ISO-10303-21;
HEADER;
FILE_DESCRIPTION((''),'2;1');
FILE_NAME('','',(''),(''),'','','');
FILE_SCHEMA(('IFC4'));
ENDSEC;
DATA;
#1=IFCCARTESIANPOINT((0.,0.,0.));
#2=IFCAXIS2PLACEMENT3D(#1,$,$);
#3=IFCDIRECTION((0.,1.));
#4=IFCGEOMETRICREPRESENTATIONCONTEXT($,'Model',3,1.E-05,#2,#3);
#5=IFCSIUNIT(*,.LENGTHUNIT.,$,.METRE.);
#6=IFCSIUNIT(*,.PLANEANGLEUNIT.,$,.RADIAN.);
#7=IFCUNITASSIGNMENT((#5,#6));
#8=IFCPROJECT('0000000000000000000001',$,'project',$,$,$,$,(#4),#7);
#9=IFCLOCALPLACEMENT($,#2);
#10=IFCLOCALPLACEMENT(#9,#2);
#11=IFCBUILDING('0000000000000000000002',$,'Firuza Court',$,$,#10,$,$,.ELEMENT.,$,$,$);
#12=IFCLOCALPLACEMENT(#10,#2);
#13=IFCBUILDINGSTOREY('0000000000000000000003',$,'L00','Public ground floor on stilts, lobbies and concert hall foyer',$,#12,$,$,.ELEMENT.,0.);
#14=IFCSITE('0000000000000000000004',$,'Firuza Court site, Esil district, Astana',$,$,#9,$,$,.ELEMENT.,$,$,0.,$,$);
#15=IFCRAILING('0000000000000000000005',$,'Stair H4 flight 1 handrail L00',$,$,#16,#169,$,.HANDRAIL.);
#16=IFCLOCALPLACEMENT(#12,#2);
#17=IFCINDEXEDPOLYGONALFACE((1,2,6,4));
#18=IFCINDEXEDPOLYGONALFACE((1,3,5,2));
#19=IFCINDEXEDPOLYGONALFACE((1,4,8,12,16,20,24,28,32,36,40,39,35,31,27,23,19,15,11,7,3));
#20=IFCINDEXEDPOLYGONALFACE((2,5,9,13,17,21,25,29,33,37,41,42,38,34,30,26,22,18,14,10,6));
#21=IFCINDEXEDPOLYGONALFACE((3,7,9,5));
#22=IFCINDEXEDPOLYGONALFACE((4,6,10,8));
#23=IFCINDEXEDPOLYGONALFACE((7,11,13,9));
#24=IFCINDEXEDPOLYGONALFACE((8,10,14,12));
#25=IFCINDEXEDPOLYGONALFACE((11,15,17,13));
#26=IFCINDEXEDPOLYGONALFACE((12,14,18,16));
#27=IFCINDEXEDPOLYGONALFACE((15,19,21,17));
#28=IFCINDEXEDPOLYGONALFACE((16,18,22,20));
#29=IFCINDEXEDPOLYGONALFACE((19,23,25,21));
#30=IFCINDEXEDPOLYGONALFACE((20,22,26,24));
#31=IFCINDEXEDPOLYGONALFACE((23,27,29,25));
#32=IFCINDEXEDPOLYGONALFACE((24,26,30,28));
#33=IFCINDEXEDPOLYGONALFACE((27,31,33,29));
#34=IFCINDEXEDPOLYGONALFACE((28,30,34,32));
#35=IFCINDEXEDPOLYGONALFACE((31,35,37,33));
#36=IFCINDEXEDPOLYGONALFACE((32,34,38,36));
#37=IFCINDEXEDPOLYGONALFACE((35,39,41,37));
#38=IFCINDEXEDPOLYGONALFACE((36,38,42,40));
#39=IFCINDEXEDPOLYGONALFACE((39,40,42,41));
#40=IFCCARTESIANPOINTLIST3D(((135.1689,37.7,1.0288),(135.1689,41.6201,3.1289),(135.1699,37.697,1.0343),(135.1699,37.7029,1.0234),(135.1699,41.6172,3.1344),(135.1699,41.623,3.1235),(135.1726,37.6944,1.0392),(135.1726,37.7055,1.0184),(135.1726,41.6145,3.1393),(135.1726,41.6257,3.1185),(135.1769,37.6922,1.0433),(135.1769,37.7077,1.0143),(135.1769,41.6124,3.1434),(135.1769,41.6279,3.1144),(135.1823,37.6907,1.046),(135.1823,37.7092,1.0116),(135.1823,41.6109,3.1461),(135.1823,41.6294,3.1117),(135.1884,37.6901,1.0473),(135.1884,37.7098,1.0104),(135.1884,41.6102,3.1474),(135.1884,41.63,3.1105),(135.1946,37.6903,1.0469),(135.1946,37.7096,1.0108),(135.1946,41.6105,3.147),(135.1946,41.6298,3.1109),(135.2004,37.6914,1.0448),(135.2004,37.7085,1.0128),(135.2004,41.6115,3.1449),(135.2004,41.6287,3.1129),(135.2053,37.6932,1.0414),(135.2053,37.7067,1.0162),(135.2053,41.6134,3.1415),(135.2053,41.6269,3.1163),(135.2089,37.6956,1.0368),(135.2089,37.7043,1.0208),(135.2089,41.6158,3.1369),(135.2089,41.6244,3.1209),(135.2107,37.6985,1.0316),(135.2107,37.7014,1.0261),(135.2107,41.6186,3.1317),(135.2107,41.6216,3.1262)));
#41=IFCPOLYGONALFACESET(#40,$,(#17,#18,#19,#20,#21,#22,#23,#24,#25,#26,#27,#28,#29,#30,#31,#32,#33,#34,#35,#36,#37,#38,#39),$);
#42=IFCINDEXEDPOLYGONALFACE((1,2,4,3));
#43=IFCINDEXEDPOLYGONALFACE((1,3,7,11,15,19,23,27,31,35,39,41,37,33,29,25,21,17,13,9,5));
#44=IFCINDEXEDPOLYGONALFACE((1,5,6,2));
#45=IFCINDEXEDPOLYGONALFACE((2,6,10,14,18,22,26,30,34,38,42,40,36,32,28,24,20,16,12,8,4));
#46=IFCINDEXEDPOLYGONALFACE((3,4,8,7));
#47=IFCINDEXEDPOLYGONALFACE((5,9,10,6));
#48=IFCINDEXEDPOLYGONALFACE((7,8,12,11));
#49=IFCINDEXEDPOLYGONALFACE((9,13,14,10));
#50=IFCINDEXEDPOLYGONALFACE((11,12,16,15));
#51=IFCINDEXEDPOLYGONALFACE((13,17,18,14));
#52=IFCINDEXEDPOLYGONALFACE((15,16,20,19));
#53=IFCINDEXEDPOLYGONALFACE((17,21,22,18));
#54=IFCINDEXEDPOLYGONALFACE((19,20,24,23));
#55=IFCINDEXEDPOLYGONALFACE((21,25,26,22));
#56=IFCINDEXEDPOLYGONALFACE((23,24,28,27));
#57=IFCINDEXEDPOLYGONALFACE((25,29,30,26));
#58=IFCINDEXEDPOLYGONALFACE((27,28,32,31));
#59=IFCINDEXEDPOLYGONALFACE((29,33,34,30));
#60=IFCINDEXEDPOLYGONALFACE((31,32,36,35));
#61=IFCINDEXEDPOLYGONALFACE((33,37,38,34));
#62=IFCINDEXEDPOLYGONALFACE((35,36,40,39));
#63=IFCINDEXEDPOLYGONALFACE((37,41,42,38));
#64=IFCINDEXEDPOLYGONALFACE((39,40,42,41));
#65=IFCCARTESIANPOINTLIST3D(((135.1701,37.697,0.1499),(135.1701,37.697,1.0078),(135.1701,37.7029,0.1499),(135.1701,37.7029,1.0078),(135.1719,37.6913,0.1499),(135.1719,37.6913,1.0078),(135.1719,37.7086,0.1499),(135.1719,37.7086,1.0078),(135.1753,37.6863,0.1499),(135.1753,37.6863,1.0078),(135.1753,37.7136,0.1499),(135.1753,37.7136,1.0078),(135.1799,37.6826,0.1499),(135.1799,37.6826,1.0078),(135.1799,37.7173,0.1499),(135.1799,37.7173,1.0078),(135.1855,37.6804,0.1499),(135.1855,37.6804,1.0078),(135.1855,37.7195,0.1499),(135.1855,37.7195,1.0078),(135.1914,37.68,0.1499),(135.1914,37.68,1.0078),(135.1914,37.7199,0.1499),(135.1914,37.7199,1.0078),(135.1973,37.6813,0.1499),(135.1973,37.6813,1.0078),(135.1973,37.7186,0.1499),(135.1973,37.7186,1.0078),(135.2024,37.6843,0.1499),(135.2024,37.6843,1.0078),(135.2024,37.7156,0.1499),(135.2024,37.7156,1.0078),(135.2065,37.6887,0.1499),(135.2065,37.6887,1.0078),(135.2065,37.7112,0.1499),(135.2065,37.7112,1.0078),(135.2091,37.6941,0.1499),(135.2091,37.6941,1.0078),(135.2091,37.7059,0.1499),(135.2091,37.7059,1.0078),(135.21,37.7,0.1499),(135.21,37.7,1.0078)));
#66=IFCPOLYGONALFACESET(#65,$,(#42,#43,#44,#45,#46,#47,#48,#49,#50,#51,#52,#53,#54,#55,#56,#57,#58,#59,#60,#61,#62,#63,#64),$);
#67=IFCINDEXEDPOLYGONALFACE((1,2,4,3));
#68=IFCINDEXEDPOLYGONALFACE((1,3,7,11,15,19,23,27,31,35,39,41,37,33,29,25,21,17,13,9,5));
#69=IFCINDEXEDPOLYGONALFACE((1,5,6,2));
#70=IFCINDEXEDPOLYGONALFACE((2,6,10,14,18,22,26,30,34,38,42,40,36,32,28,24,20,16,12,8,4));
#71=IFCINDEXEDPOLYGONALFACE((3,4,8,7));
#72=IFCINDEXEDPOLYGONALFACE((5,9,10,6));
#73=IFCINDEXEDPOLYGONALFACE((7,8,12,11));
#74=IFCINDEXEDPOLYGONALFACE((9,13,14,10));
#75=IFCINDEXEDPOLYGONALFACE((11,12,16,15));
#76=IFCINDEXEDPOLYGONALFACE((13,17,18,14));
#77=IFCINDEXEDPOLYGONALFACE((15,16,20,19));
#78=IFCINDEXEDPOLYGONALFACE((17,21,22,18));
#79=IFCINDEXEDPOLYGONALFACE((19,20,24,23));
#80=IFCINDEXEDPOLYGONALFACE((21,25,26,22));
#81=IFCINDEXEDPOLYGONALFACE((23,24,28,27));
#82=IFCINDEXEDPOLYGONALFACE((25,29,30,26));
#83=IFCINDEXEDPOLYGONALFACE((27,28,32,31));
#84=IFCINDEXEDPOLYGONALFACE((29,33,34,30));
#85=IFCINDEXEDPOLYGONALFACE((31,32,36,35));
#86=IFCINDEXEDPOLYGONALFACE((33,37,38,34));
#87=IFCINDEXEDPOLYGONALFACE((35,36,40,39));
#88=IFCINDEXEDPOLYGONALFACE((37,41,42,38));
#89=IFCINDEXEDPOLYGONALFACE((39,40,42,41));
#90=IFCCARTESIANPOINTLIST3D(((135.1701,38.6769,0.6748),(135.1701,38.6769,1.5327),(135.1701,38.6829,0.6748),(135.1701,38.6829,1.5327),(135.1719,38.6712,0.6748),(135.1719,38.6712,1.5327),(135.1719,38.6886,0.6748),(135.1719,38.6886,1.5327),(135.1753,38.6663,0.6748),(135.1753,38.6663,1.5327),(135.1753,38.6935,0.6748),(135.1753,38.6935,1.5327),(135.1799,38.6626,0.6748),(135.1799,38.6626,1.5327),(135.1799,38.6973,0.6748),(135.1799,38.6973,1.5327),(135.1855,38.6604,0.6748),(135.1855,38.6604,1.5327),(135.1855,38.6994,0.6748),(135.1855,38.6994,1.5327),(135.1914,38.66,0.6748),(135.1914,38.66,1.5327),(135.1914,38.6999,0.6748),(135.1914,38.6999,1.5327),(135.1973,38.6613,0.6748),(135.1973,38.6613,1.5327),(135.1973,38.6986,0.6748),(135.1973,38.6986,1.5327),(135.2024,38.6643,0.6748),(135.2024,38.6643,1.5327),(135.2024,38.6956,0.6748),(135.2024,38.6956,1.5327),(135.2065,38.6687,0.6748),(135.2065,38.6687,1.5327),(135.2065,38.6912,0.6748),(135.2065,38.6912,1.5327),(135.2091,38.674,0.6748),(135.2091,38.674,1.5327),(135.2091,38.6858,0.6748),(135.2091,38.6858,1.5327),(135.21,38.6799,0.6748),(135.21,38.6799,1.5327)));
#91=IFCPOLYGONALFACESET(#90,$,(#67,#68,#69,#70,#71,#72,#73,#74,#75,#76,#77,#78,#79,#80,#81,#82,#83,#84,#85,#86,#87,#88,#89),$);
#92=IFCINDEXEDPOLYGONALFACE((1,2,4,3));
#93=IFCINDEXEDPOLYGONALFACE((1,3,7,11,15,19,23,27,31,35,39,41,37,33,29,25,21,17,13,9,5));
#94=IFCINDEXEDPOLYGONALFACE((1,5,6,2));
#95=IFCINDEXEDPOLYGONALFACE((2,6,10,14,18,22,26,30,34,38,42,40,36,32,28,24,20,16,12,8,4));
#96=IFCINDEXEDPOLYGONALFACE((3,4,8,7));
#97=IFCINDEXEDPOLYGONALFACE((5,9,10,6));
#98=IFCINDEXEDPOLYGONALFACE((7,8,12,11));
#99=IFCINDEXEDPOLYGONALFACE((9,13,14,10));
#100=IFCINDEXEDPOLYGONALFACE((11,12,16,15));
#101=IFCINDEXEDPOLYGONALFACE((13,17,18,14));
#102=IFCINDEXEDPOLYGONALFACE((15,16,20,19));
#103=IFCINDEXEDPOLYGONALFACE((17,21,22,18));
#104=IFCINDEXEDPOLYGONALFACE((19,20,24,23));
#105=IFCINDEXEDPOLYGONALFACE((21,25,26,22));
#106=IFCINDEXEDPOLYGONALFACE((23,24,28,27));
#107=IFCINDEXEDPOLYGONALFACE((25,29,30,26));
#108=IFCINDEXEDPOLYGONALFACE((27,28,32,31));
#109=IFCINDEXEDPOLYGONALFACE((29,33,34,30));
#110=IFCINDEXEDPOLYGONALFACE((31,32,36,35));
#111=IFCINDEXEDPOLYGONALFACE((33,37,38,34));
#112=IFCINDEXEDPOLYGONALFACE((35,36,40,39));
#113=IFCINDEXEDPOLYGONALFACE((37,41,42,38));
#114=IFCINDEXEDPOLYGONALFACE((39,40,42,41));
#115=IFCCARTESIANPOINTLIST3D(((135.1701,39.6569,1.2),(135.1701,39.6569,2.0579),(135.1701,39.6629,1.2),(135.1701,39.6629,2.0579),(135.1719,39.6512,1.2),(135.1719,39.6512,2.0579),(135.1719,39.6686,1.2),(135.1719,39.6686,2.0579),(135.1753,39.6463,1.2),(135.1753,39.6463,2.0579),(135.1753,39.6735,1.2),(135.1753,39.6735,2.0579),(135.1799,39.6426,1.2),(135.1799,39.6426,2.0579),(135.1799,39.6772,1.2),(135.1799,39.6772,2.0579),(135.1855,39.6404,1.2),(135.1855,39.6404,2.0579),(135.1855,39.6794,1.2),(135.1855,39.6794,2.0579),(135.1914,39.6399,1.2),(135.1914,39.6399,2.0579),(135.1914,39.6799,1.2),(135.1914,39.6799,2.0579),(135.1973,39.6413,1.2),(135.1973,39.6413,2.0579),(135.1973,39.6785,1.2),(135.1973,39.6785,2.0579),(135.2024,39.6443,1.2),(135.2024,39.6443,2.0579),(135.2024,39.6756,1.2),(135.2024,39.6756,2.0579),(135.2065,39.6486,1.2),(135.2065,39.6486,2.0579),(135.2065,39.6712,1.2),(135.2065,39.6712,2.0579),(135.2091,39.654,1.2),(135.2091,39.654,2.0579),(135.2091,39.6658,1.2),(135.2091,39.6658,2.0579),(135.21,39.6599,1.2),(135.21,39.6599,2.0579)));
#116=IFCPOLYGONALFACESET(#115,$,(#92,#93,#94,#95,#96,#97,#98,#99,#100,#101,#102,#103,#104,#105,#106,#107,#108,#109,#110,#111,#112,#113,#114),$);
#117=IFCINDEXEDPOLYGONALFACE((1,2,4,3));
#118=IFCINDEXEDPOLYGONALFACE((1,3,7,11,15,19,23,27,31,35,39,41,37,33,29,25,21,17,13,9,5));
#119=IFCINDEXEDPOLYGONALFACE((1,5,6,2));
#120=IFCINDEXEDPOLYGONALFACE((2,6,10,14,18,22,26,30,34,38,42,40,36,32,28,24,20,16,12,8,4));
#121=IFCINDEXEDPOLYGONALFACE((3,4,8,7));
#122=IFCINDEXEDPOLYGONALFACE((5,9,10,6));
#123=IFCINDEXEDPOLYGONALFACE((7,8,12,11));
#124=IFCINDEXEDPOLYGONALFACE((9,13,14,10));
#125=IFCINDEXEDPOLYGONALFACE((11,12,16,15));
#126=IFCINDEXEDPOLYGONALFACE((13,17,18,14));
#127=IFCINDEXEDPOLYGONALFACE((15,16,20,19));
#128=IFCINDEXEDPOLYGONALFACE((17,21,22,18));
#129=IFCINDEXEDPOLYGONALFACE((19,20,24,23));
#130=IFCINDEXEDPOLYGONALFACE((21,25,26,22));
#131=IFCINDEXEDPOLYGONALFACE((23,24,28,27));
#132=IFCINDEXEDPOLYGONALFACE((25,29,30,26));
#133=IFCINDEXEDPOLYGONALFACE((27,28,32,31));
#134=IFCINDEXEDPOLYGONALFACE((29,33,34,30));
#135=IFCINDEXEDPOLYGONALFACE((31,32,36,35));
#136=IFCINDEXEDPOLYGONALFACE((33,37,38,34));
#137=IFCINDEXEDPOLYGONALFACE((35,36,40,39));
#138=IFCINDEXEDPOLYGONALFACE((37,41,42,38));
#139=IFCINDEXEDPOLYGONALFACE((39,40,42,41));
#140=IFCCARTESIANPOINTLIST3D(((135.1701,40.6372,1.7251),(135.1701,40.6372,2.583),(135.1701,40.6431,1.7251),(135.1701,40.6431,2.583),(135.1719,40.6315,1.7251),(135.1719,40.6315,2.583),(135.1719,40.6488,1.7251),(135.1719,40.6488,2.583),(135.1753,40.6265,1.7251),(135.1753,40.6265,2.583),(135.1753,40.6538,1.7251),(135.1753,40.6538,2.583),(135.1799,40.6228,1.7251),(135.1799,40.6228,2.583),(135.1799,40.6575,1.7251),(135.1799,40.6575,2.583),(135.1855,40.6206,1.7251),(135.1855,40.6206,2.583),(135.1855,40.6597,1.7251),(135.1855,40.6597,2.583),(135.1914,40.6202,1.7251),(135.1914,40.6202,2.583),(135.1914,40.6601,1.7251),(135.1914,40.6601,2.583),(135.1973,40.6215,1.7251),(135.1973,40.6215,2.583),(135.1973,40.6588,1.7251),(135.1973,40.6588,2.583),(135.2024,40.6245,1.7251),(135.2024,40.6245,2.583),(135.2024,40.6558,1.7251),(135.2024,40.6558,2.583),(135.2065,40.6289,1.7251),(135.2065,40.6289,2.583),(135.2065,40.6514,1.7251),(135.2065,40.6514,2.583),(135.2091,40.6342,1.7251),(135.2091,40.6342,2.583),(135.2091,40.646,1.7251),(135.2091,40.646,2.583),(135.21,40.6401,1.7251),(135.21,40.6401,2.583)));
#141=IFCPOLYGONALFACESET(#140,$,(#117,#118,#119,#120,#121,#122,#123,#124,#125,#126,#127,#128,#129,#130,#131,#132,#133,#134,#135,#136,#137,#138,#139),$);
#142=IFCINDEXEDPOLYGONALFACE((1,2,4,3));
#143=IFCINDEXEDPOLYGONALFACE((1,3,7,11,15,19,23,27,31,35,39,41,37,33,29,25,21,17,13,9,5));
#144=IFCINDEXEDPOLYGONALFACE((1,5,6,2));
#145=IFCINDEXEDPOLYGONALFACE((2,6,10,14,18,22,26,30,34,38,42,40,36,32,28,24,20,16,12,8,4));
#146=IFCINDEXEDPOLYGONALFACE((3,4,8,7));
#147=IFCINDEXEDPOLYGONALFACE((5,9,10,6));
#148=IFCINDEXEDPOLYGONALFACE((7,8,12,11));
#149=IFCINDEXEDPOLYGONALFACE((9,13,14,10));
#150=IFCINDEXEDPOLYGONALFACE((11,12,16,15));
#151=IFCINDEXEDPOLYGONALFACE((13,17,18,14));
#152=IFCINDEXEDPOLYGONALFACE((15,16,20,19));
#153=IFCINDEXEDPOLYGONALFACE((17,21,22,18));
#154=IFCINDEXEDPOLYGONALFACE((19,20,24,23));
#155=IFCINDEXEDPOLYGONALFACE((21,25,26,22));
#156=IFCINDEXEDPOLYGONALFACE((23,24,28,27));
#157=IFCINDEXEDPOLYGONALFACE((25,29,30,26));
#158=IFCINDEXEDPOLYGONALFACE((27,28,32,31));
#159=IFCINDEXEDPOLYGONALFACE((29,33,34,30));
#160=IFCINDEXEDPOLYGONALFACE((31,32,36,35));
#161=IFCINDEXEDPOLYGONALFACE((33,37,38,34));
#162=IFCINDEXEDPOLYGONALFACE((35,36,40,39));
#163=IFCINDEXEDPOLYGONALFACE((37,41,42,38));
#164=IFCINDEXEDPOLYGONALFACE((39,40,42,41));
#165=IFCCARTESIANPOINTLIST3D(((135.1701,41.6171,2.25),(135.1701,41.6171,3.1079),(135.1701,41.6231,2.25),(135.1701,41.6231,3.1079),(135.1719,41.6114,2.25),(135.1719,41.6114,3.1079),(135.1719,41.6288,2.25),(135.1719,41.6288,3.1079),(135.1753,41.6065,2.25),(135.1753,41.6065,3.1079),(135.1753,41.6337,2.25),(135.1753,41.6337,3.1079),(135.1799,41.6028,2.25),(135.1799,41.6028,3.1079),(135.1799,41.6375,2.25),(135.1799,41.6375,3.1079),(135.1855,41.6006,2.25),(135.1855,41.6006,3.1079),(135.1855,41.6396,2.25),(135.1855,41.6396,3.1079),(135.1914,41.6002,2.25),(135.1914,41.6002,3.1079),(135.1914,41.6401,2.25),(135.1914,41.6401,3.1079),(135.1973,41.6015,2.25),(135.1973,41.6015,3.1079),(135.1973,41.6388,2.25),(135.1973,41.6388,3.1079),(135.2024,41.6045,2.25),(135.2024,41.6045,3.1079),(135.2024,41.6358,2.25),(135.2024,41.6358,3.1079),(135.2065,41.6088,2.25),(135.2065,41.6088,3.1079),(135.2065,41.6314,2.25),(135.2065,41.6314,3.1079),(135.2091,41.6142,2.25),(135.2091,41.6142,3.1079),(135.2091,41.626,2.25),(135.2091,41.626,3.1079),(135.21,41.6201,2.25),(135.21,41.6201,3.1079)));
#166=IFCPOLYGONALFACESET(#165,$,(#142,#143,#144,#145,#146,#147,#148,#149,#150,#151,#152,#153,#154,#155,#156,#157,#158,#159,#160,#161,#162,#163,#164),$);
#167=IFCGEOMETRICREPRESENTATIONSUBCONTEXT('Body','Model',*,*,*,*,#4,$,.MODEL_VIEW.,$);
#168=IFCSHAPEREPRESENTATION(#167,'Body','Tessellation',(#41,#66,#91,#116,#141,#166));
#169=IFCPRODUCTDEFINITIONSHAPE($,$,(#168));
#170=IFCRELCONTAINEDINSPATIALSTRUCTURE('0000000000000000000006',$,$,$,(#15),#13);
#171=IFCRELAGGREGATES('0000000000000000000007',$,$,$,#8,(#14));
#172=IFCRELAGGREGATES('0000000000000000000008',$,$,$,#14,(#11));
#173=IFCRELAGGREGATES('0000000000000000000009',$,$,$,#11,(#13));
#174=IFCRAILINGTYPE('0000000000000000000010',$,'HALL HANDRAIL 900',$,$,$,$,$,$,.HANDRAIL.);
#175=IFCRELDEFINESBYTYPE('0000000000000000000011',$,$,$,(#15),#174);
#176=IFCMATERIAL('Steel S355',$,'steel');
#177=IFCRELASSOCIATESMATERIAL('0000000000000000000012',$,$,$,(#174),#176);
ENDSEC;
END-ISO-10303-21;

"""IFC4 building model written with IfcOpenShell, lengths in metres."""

from ifc_helpers import new_model, si_unit, direction, frame, origin, origin_2d, place, context, subcontext, project, spatial, circle, extrude, material, type_object, element, save


model = new_model("IFC4")

# Units and contexts
model_context = context("Model", 3, precision=1e-05, world=origin(), true_north=direction((0.0, 1.0)))
body_context = subcontext(model_context, "Body", "Model", "MODEL_VIEW")
ifc_project = project(units=[si_unit("LENGTHUNIT", "METRE"), si_unit("PLANEANGLEUNIT", "RADIAN")], contexts=[model_context])

# Site, building, storey
site_placement = place(None, origin())
site = spatial("IfcSite", under=ifc_project, at=site_placement, Name="Firuza Court site, Esil district, Astana", CompositionType="ELEMENT", RefElevation=0.0)
building_placement = place(site_placement, origin())
building = spatial("IfcBuilding", under=site, at=building_placement, Name="Firuza Court", CompositionType="ELEMENT")
storey_placement = place(building_placement, origin())
storey = spatial("IfcBuildingStorey", under=building, at=storey_placement, Name="L00", Description="Public ground floor on stilts, lobbies and concert hall foyer", CompositionType="ELEMENT", Elevation=0.0)

# Railing
ifc_material_1 = material(Name="Steel S355", Category="steel")
railing_type_1 = type_object("IfcRailingType", Name="HALL HANDRAIL 900", PredefinedType="HANDRAIL", material=ifc_material_1)
for number, where, name in (
    (1, (135.1899, 37.7, 0.1499), "Stair H4 flight 1 handrail L00"),
):
    element("IfcRailing", number, at=place(storey_placement, frame(where)), inside=storey, type_object=railing_type_1, Name=name, PredefinedType="HANDRAIL", context=body_context, shape_type="SweptSolid", body=[
        extrude(circle(Radius=0.021, at=origin_2d()), frame((0.0, 0.0, 0.8789), z_axis=(0.0, 0.881479, 0.472223), x_axis=(-1.0, 0.0, 0.0)), (0.0, 0.0, 1.0), 4.4473),
        extrude(circle(Radius=0.02, at=origin_2d()), origin(), (0.0, 0.0, 1.0), 0.8579),
        extrude(circle(Radius=0.02, at=origin_2d()), frame((0.0, 0.98, 0.5249)), (0.0, 0.0, 1.0), 0.8579),
        extrude(circle(Radius=0.02, at=origin_2d()), frame((0.0, 1.96, 1.05)), (0.0, 0.0, 1.0), 0.8579),
        extrude(circle(Radius=0.02, at=origin_2d()), frame((0.0, 2.9402, 1.5752)), (0.0, 0.0, 1.0), 0.8579),
        extrude(circle(Radius=0.02, at=origin_2d()), frame((0.0, 3.9202, 2.1001)), (0.0, 0.0, 1.0), 0.8579),
    ])

save(model, "model.ifc")
